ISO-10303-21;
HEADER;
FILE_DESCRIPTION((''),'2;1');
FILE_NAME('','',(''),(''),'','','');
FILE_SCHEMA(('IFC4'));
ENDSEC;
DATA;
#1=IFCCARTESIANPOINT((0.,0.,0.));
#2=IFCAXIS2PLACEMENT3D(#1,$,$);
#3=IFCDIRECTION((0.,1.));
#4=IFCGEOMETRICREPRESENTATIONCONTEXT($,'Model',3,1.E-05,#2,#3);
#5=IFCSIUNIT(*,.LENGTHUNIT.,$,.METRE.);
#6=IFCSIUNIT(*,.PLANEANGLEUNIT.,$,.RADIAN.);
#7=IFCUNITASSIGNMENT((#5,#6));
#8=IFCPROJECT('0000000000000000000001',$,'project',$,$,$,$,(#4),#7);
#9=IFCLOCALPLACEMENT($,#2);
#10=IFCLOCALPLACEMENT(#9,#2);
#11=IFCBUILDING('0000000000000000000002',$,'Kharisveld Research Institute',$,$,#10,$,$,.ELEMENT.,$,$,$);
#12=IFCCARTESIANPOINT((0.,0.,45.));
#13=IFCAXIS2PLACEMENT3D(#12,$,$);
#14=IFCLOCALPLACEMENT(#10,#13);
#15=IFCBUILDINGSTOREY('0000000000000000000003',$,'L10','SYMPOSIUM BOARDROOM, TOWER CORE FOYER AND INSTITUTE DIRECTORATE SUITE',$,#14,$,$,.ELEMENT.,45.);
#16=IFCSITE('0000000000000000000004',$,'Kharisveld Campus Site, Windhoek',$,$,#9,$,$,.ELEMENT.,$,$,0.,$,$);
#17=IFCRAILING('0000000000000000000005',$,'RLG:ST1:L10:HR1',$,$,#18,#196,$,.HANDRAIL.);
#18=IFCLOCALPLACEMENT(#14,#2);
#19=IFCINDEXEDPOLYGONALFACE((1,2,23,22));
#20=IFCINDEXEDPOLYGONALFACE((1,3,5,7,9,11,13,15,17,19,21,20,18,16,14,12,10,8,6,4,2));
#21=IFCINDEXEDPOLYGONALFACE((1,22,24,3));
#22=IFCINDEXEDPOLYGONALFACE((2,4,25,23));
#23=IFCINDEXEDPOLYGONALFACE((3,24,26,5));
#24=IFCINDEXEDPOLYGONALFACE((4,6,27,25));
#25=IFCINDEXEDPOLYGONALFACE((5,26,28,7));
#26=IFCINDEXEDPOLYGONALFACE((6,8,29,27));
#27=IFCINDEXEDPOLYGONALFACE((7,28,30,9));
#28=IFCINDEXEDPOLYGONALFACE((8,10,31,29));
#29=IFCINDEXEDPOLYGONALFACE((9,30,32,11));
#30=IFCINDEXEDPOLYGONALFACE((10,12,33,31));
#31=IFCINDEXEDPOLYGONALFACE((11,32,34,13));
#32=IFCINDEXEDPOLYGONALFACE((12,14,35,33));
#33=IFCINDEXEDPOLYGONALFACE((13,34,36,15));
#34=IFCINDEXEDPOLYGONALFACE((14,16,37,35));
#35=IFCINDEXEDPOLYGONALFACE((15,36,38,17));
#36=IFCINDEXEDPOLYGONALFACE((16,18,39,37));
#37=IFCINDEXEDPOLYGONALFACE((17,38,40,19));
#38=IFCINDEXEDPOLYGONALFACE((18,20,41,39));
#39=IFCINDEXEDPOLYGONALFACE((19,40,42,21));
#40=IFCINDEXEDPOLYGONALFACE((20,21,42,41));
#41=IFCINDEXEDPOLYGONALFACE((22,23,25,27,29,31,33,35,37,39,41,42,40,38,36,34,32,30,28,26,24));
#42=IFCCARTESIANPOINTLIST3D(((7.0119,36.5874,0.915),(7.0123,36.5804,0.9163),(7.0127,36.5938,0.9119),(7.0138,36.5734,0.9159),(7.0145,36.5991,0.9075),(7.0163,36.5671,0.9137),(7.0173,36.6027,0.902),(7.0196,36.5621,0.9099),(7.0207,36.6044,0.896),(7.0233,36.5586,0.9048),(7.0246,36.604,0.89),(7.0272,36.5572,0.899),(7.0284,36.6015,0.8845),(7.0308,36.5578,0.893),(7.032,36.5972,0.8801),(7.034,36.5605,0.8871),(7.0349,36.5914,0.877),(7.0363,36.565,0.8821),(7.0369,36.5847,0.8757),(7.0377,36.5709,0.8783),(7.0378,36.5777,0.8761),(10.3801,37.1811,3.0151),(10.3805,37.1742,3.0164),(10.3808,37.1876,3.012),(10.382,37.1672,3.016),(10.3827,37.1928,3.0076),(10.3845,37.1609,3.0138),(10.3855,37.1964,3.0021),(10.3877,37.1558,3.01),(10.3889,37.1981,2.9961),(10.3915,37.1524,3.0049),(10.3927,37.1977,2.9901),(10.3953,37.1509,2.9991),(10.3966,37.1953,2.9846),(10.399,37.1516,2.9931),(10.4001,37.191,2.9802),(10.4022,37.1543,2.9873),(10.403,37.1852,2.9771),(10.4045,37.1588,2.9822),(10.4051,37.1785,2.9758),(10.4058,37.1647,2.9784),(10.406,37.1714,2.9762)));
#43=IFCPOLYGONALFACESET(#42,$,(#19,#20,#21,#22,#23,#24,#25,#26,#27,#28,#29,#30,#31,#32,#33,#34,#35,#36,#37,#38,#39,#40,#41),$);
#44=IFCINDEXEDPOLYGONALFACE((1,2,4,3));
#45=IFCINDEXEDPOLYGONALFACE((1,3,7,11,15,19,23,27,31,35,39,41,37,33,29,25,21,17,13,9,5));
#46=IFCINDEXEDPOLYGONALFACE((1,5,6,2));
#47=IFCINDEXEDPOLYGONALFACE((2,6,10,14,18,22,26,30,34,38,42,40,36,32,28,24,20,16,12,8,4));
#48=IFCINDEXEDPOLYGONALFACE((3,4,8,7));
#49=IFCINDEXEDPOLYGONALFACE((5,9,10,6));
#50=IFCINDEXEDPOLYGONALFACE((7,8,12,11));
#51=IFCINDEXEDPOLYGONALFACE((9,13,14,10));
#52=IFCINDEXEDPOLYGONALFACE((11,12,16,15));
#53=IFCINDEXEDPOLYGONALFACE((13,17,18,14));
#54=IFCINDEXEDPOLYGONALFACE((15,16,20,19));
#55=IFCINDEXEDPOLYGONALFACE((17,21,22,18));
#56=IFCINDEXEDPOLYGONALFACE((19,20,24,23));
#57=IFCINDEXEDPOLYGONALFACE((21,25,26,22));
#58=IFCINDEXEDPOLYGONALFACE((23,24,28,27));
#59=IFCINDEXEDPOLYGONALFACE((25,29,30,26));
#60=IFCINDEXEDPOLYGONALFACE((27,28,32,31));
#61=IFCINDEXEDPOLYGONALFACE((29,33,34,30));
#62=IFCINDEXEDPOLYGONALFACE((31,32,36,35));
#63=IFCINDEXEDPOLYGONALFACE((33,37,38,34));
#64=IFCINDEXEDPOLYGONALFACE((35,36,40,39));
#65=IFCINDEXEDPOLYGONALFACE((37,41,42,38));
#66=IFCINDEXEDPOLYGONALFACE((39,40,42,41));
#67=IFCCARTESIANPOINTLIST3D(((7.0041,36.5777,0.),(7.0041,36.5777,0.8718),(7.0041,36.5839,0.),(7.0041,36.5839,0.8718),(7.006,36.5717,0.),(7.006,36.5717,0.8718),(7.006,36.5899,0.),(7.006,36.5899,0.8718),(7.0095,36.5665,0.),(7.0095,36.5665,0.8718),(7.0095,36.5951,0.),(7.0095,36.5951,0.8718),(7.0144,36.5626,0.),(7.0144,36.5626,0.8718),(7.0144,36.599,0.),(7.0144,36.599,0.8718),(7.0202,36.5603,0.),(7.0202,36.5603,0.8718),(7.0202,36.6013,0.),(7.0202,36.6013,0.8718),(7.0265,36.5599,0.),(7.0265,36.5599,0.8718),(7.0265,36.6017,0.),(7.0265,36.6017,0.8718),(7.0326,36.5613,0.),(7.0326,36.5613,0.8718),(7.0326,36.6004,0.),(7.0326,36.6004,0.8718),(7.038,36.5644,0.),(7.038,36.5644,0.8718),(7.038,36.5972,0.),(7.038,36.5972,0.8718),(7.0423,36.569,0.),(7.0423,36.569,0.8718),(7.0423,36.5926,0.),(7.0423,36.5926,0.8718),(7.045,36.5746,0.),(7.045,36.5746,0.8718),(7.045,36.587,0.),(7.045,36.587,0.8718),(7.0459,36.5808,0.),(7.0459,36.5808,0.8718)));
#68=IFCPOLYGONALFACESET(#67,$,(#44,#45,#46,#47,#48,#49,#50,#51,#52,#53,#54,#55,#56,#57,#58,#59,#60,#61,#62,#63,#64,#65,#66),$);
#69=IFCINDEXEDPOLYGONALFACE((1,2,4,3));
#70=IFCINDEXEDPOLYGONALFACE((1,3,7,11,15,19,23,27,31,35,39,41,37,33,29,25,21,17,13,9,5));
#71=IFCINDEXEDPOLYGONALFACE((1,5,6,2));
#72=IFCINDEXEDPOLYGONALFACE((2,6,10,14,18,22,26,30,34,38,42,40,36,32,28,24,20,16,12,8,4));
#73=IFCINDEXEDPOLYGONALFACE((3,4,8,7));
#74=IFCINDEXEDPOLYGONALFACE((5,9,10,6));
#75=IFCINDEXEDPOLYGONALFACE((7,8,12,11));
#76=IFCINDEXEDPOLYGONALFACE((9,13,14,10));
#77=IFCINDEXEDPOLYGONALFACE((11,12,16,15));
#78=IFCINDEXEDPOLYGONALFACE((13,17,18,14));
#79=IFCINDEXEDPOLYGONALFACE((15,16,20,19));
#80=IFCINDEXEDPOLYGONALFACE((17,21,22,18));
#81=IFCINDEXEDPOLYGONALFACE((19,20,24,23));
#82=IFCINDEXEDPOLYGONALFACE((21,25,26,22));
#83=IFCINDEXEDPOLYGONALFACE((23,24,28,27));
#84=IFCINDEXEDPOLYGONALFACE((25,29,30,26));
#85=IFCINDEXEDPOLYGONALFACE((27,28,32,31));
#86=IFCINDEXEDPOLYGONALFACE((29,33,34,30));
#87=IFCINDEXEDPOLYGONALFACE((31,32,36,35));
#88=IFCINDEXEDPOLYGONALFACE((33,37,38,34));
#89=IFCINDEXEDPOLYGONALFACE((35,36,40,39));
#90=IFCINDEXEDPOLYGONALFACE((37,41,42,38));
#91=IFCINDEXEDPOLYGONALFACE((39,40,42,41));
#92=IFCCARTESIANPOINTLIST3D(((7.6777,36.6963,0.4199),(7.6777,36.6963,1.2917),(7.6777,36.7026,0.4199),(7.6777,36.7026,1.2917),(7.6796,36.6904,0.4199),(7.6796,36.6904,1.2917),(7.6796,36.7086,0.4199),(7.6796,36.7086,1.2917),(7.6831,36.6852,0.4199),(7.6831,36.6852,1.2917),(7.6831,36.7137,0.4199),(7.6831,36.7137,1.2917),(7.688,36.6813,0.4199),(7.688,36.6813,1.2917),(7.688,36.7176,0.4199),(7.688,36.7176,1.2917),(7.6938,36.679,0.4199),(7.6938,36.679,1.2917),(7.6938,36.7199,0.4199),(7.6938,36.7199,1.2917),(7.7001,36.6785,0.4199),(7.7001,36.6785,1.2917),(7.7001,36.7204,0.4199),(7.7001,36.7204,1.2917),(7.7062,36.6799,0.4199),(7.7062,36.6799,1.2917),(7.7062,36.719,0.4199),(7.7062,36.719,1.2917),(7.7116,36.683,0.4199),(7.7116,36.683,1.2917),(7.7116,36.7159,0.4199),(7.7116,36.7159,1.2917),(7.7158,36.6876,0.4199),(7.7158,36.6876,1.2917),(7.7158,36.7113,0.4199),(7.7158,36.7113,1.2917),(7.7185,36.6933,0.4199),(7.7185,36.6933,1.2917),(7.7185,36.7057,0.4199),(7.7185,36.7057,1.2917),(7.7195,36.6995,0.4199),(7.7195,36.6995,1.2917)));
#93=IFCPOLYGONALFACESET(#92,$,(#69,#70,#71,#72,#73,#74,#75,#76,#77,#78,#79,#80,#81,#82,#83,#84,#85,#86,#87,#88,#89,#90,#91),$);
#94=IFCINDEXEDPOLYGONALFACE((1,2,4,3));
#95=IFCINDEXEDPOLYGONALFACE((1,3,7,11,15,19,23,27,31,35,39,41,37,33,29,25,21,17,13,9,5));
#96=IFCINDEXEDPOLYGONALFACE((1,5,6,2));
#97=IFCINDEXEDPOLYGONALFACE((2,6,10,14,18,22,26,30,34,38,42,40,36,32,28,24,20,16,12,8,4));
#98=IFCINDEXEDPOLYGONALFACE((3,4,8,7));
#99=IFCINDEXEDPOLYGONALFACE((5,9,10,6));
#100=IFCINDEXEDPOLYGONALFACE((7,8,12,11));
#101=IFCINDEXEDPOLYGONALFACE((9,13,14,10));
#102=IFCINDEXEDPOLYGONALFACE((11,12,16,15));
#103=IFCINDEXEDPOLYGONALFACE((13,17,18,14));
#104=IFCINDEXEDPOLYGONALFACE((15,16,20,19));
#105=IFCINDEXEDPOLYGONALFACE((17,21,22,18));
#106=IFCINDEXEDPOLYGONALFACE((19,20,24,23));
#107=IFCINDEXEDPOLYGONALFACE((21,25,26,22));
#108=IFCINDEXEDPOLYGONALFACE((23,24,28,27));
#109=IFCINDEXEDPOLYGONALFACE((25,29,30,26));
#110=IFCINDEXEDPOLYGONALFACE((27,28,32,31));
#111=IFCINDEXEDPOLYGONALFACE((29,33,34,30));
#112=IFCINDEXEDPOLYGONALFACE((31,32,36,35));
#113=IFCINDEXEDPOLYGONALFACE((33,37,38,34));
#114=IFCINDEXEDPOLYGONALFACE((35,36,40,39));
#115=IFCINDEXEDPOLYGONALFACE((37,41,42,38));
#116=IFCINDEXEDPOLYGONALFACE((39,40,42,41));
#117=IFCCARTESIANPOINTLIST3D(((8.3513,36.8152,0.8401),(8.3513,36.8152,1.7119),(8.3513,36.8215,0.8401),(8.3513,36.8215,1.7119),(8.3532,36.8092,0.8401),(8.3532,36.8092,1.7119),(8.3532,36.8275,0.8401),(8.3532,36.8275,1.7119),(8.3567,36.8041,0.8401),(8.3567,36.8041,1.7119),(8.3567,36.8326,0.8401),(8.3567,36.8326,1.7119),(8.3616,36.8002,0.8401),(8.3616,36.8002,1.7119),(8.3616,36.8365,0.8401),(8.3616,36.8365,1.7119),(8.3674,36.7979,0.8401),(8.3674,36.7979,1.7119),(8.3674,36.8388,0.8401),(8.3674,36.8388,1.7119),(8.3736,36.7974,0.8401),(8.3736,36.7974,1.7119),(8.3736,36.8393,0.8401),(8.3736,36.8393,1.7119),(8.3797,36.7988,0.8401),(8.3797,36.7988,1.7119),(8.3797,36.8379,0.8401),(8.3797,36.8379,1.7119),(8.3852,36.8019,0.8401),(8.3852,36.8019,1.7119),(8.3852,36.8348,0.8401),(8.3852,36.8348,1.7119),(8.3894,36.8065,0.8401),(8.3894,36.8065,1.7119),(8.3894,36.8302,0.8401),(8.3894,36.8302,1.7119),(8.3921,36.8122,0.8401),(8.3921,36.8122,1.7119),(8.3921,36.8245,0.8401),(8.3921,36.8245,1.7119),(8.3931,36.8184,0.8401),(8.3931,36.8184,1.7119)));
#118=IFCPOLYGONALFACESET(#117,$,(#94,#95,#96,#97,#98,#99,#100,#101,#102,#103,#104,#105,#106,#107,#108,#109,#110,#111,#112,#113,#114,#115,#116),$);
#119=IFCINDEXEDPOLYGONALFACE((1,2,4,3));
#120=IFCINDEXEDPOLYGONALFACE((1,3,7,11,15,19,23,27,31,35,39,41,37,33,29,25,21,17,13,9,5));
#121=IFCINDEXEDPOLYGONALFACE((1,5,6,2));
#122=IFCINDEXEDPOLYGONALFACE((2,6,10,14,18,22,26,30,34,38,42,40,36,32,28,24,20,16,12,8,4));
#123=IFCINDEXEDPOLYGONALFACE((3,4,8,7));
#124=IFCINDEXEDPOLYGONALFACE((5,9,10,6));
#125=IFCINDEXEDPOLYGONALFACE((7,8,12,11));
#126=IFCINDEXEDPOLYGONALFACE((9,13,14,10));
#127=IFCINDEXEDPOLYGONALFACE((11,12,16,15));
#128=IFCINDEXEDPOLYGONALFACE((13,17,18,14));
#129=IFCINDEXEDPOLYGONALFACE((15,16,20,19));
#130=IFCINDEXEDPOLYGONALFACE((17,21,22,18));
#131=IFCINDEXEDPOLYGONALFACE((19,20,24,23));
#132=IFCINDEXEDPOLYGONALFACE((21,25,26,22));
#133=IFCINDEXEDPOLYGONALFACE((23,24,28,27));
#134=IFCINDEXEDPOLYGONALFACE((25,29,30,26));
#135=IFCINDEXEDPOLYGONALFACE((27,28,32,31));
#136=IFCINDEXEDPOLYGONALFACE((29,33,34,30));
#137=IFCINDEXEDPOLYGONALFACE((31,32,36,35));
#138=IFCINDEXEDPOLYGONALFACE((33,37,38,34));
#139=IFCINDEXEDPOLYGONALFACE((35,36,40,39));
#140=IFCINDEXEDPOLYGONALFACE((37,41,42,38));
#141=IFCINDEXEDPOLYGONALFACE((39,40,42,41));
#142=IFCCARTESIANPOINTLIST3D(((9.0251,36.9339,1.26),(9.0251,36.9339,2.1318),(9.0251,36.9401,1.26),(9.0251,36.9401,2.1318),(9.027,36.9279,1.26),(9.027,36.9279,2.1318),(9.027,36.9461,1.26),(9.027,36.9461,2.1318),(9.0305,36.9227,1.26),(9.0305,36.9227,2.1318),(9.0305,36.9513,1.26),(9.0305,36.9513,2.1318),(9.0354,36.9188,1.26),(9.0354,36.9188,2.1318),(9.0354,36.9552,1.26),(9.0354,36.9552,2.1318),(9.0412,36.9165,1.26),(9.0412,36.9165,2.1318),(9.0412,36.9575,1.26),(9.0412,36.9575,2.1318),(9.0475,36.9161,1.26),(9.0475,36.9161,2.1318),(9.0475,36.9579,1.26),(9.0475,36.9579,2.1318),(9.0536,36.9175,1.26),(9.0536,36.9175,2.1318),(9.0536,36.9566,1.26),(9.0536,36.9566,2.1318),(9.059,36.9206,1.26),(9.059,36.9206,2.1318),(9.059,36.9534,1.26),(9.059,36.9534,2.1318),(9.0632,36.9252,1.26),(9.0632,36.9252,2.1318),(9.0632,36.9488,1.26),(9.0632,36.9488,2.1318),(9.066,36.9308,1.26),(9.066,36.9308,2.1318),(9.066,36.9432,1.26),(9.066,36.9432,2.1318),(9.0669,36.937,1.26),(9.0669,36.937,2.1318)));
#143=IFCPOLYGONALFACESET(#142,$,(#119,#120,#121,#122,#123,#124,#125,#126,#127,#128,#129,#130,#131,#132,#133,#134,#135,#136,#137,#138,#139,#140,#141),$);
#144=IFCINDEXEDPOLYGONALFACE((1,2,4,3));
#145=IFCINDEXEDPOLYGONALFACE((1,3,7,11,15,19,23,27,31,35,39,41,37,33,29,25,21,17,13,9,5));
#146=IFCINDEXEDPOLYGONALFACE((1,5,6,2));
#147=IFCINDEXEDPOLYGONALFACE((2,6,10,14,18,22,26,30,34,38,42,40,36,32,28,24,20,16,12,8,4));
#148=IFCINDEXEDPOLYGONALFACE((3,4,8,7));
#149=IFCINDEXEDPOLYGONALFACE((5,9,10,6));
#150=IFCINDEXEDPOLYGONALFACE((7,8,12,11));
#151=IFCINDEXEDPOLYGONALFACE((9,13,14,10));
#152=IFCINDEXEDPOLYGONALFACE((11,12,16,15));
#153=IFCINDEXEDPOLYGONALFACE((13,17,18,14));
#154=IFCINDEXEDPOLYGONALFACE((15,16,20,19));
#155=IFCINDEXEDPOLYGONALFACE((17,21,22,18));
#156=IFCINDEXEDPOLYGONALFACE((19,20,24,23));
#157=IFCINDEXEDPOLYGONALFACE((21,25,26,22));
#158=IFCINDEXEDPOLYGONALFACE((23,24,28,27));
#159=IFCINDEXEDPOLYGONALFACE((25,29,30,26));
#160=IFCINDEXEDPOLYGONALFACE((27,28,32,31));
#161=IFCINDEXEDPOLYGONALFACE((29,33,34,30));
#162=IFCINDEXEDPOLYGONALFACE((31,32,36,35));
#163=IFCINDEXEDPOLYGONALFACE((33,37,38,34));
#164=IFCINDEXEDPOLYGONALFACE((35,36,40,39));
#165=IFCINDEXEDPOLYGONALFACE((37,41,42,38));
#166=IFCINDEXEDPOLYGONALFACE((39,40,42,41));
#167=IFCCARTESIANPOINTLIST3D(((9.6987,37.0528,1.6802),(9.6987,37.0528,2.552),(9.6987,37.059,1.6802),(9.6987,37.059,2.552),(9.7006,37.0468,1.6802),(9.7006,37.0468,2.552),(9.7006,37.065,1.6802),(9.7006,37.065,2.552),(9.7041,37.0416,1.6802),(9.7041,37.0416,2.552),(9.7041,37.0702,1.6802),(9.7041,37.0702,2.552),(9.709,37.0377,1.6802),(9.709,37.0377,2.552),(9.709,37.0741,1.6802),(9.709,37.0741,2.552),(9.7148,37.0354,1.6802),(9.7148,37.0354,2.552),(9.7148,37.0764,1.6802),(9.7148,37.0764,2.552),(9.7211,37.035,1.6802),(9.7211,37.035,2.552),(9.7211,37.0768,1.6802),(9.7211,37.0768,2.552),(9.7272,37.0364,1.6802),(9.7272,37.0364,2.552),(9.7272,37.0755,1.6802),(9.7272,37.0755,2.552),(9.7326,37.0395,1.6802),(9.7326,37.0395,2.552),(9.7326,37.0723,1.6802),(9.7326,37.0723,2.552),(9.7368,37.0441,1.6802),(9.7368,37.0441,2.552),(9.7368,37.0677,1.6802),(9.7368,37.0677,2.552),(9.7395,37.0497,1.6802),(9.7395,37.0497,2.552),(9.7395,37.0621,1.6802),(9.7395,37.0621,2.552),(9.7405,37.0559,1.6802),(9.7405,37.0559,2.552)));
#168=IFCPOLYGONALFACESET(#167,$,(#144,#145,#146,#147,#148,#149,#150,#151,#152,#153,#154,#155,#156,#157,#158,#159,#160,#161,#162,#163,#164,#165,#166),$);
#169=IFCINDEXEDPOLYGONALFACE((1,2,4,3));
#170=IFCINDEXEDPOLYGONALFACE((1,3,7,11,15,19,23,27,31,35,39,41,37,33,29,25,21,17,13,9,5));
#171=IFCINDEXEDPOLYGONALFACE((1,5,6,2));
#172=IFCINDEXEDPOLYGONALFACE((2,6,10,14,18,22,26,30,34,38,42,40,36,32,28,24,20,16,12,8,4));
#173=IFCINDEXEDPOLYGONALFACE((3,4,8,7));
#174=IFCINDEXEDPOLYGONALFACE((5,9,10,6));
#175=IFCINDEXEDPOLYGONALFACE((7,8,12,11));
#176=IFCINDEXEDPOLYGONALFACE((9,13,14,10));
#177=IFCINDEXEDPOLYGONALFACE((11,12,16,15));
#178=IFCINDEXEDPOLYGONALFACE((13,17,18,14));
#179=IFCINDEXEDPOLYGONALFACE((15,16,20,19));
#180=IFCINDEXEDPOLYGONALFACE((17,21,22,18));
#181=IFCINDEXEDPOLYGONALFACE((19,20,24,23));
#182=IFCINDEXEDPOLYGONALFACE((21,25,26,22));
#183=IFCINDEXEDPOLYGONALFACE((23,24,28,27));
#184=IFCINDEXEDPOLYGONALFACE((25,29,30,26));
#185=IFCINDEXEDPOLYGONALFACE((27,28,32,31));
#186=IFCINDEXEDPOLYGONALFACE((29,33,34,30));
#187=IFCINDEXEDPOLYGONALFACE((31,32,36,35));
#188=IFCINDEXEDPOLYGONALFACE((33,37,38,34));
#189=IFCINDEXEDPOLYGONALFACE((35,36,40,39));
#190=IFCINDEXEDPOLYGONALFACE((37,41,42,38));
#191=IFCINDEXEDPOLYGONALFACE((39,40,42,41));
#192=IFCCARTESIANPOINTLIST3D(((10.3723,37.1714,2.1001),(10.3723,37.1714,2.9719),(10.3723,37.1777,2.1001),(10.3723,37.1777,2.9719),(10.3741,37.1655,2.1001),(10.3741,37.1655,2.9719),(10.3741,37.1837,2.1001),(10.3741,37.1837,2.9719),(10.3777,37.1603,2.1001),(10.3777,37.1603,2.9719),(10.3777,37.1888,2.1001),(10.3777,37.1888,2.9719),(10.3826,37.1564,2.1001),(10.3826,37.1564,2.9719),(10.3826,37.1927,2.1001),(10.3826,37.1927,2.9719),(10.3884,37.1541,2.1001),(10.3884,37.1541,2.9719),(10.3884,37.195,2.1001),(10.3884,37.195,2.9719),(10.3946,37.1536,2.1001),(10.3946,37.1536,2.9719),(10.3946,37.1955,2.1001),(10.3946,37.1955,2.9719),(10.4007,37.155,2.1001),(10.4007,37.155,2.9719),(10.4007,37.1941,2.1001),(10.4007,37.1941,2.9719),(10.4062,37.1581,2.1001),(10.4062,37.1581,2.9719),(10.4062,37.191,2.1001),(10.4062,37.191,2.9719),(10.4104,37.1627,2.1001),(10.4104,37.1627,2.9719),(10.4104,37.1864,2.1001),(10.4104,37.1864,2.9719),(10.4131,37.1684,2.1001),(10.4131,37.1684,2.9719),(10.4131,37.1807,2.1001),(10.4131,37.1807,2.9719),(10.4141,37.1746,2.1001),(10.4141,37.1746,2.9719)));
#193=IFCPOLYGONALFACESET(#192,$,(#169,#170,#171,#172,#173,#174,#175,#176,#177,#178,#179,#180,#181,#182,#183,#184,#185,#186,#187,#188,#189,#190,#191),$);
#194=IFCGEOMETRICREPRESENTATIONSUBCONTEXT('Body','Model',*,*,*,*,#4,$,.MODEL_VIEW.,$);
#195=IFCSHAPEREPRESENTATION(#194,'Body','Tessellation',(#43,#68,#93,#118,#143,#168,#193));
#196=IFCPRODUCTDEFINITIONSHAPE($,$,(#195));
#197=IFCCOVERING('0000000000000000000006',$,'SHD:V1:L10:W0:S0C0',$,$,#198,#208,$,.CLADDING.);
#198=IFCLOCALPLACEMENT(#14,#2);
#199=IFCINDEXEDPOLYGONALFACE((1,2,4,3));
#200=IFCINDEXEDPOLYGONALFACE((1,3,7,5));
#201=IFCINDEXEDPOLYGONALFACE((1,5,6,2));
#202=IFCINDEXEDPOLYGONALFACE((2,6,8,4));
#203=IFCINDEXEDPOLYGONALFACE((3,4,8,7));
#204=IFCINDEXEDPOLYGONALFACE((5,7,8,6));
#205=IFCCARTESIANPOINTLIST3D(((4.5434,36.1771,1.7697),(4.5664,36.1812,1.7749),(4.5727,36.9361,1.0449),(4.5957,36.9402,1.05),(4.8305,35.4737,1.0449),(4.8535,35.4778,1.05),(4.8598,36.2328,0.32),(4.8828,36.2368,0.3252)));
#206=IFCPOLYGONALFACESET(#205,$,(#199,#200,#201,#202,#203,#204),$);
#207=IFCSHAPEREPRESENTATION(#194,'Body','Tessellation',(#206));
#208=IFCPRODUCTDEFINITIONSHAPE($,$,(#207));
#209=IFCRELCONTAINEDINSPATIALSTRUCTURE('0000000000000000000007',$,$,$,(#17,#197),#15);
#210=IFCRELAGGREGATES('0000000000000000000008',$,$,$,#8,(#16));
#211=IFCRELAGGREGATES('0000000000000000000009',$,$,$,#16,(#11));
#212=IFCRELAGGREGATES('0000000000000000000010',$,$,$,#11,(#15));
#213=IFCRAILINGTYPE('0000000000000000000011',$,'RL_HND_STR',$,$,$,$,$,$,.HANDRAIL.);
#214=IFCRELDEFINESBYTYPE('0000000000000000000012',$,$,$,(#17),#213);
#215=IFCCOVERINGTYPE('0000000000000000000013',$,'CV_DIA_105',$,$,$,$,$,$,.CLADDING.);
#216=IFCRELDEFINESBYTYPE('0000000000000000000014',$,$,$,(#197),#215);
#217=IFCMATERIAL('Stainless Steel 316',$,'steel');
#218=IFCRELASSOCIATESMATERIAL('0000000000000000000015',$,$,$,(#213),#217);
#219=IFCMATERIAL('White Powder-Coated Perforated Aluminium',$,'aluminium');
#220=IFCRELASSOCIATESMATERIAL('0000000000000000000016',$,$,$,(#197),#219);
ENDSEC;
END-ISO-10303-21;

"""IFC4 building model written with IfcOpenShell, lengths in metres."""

from ifc_helpers import new_model, si_unit, direction, frame, origin, origin_2d, place, context, subcontext, project, spatial, polyline, circle, outline, extrude, material, type_object, element, save


model = new_model("IFC4")

# Units and contexts
model_context = context("Model", 3, precision=1e-05, world=origin(), true_north=direction((0.0, 1.0)))
body_context = subcontext(model_context, "Body", "Model", "MODEL_VIEW")
ifc_project = project(units=[si_unit("LENGTHUNIT", "METRE"), si_unit("PLANEANGLEUNIT", "RADIAN")], contexts=[model_context])

# Site, building, storey
site_placement = place(None, origin())
site = spatial("IfcSite", under=ifc_project, at=site_placement, Name="Kharisveld Campus Site, Windhoek", CompositionType="ELEMENT", RefElevation=0.0)
building_placement = place(site_placement, origin())
building = spatial("IfcBuilding", under=site, at=building_placement, Name="Kharisveld Research Institute", CompositionType="ELEMENT")
storey_placement = place(building_placement, frame((0.0, 0.0, 45.0)))
storey = spatial("IfcBuildingStorey", under=building, at=storey_placement, Name="L10", Description="SYMPOSIUM BOARDROOM, TOWER CORE FOYER AND INSTITUTE DIRECTORATE SUITE", CompositionType="ELEMENT", Elevation=45.0)

# Railing
ifc_material_1 = material(Name="Stainless Steel 316", Category="steel")
railing_type = type_object("IfcRailingType", Name="RL_HND_STR", PredefinedType="HANDRAIL", material=ifc_material_1)
railing_placement = place(storey_placement, frame((7.0249, 36.5808, 0.0)))
element("IfcRailing", 1, at=railing_placement, inside=storey, type_object=railing_type, Name="RLG:ST1:L10:HR1", PredefinedType="HANDRAIL", context=body_context, shape_type="SweptSolid", body=[
    extrude(circle(Radius=0.0239, at=origin_2d()), frame((0.0, 0.0, 0.896), z_axis=(0.839227, 0.147941, 0.52327), x_axis=(-0.173606, 0.984815, 0.0)), (0.0, 0.0, 1.0), 4.0134),
    extrude(circle(Radius=0.021, at=origin_2d()), origin(), (0.0, 0.0, 1.0), 0.8718),
    extrude(circle(Radius=0.021, at=origin_2d()), frame((0.6736, 0.1187, 0.4199)), (0.0, 0.0, 1.0), 0.8718),
    extrude(circle(Radius=0.021, at=origin_2d()), frame((1.3472, 0.2375, 0.8401)), (0.0, 0.0, 1.0), 0.8718),
    extrude(circle(Radius=0.021, at=origin_2d()), frame((2.021, 0.3562, 1.26)), (0.0, 0.0, 1.0), 0.8718),
    extrude(circle(Radius=0.021, at=origin_2d()), frame((2.6946, 0.4751, 1.6802)), (0.0, 0.0, 1.0), 0.8718),
    extrude(circle(Radius=0.021, at=origin_2d()), frame((3.3682, 0.5938, 2.1001)), (0.0, 0.0, 1.0), 0.8718),
])

# Covering
ifc_material_2 = material(Name="White Powder-Coated Perforated Aluminium", Category="aluminium")
covering_type = type_object("IfcCoveringType", Name="CV_DIA_105", PredefinedType="CLADDING")
for number, where, z_axis, x_axis, name in (
    (2, (4.8828, 36.2368, 0.3252), (0.961487, 0.169504, 0.216358), (-0.273429, 0.669853, 0.690314), "SHD:V1:L10:W0:S0C0"),
):
    element("IfcCovering", number, at=place(storey_placement, frame(where, z_axis=z_axis, x_axis=x_axis)), inside=storey, type_object=covering_type, material=ifc_material_2, Name=name, PredefinedType="CLADDING", context=body_context, shape_type="SweptSolid", body=[
        extrude(outline(polyline([(0.0, 0.0), (1.05, 0.0), (1.05, 1.05), (-0.0001, 1.05), (0.0, 0.0)])), origin(), (0.0, 0.0, -1.0), 0.0239),
    ])

save(model, "model.ifc")
